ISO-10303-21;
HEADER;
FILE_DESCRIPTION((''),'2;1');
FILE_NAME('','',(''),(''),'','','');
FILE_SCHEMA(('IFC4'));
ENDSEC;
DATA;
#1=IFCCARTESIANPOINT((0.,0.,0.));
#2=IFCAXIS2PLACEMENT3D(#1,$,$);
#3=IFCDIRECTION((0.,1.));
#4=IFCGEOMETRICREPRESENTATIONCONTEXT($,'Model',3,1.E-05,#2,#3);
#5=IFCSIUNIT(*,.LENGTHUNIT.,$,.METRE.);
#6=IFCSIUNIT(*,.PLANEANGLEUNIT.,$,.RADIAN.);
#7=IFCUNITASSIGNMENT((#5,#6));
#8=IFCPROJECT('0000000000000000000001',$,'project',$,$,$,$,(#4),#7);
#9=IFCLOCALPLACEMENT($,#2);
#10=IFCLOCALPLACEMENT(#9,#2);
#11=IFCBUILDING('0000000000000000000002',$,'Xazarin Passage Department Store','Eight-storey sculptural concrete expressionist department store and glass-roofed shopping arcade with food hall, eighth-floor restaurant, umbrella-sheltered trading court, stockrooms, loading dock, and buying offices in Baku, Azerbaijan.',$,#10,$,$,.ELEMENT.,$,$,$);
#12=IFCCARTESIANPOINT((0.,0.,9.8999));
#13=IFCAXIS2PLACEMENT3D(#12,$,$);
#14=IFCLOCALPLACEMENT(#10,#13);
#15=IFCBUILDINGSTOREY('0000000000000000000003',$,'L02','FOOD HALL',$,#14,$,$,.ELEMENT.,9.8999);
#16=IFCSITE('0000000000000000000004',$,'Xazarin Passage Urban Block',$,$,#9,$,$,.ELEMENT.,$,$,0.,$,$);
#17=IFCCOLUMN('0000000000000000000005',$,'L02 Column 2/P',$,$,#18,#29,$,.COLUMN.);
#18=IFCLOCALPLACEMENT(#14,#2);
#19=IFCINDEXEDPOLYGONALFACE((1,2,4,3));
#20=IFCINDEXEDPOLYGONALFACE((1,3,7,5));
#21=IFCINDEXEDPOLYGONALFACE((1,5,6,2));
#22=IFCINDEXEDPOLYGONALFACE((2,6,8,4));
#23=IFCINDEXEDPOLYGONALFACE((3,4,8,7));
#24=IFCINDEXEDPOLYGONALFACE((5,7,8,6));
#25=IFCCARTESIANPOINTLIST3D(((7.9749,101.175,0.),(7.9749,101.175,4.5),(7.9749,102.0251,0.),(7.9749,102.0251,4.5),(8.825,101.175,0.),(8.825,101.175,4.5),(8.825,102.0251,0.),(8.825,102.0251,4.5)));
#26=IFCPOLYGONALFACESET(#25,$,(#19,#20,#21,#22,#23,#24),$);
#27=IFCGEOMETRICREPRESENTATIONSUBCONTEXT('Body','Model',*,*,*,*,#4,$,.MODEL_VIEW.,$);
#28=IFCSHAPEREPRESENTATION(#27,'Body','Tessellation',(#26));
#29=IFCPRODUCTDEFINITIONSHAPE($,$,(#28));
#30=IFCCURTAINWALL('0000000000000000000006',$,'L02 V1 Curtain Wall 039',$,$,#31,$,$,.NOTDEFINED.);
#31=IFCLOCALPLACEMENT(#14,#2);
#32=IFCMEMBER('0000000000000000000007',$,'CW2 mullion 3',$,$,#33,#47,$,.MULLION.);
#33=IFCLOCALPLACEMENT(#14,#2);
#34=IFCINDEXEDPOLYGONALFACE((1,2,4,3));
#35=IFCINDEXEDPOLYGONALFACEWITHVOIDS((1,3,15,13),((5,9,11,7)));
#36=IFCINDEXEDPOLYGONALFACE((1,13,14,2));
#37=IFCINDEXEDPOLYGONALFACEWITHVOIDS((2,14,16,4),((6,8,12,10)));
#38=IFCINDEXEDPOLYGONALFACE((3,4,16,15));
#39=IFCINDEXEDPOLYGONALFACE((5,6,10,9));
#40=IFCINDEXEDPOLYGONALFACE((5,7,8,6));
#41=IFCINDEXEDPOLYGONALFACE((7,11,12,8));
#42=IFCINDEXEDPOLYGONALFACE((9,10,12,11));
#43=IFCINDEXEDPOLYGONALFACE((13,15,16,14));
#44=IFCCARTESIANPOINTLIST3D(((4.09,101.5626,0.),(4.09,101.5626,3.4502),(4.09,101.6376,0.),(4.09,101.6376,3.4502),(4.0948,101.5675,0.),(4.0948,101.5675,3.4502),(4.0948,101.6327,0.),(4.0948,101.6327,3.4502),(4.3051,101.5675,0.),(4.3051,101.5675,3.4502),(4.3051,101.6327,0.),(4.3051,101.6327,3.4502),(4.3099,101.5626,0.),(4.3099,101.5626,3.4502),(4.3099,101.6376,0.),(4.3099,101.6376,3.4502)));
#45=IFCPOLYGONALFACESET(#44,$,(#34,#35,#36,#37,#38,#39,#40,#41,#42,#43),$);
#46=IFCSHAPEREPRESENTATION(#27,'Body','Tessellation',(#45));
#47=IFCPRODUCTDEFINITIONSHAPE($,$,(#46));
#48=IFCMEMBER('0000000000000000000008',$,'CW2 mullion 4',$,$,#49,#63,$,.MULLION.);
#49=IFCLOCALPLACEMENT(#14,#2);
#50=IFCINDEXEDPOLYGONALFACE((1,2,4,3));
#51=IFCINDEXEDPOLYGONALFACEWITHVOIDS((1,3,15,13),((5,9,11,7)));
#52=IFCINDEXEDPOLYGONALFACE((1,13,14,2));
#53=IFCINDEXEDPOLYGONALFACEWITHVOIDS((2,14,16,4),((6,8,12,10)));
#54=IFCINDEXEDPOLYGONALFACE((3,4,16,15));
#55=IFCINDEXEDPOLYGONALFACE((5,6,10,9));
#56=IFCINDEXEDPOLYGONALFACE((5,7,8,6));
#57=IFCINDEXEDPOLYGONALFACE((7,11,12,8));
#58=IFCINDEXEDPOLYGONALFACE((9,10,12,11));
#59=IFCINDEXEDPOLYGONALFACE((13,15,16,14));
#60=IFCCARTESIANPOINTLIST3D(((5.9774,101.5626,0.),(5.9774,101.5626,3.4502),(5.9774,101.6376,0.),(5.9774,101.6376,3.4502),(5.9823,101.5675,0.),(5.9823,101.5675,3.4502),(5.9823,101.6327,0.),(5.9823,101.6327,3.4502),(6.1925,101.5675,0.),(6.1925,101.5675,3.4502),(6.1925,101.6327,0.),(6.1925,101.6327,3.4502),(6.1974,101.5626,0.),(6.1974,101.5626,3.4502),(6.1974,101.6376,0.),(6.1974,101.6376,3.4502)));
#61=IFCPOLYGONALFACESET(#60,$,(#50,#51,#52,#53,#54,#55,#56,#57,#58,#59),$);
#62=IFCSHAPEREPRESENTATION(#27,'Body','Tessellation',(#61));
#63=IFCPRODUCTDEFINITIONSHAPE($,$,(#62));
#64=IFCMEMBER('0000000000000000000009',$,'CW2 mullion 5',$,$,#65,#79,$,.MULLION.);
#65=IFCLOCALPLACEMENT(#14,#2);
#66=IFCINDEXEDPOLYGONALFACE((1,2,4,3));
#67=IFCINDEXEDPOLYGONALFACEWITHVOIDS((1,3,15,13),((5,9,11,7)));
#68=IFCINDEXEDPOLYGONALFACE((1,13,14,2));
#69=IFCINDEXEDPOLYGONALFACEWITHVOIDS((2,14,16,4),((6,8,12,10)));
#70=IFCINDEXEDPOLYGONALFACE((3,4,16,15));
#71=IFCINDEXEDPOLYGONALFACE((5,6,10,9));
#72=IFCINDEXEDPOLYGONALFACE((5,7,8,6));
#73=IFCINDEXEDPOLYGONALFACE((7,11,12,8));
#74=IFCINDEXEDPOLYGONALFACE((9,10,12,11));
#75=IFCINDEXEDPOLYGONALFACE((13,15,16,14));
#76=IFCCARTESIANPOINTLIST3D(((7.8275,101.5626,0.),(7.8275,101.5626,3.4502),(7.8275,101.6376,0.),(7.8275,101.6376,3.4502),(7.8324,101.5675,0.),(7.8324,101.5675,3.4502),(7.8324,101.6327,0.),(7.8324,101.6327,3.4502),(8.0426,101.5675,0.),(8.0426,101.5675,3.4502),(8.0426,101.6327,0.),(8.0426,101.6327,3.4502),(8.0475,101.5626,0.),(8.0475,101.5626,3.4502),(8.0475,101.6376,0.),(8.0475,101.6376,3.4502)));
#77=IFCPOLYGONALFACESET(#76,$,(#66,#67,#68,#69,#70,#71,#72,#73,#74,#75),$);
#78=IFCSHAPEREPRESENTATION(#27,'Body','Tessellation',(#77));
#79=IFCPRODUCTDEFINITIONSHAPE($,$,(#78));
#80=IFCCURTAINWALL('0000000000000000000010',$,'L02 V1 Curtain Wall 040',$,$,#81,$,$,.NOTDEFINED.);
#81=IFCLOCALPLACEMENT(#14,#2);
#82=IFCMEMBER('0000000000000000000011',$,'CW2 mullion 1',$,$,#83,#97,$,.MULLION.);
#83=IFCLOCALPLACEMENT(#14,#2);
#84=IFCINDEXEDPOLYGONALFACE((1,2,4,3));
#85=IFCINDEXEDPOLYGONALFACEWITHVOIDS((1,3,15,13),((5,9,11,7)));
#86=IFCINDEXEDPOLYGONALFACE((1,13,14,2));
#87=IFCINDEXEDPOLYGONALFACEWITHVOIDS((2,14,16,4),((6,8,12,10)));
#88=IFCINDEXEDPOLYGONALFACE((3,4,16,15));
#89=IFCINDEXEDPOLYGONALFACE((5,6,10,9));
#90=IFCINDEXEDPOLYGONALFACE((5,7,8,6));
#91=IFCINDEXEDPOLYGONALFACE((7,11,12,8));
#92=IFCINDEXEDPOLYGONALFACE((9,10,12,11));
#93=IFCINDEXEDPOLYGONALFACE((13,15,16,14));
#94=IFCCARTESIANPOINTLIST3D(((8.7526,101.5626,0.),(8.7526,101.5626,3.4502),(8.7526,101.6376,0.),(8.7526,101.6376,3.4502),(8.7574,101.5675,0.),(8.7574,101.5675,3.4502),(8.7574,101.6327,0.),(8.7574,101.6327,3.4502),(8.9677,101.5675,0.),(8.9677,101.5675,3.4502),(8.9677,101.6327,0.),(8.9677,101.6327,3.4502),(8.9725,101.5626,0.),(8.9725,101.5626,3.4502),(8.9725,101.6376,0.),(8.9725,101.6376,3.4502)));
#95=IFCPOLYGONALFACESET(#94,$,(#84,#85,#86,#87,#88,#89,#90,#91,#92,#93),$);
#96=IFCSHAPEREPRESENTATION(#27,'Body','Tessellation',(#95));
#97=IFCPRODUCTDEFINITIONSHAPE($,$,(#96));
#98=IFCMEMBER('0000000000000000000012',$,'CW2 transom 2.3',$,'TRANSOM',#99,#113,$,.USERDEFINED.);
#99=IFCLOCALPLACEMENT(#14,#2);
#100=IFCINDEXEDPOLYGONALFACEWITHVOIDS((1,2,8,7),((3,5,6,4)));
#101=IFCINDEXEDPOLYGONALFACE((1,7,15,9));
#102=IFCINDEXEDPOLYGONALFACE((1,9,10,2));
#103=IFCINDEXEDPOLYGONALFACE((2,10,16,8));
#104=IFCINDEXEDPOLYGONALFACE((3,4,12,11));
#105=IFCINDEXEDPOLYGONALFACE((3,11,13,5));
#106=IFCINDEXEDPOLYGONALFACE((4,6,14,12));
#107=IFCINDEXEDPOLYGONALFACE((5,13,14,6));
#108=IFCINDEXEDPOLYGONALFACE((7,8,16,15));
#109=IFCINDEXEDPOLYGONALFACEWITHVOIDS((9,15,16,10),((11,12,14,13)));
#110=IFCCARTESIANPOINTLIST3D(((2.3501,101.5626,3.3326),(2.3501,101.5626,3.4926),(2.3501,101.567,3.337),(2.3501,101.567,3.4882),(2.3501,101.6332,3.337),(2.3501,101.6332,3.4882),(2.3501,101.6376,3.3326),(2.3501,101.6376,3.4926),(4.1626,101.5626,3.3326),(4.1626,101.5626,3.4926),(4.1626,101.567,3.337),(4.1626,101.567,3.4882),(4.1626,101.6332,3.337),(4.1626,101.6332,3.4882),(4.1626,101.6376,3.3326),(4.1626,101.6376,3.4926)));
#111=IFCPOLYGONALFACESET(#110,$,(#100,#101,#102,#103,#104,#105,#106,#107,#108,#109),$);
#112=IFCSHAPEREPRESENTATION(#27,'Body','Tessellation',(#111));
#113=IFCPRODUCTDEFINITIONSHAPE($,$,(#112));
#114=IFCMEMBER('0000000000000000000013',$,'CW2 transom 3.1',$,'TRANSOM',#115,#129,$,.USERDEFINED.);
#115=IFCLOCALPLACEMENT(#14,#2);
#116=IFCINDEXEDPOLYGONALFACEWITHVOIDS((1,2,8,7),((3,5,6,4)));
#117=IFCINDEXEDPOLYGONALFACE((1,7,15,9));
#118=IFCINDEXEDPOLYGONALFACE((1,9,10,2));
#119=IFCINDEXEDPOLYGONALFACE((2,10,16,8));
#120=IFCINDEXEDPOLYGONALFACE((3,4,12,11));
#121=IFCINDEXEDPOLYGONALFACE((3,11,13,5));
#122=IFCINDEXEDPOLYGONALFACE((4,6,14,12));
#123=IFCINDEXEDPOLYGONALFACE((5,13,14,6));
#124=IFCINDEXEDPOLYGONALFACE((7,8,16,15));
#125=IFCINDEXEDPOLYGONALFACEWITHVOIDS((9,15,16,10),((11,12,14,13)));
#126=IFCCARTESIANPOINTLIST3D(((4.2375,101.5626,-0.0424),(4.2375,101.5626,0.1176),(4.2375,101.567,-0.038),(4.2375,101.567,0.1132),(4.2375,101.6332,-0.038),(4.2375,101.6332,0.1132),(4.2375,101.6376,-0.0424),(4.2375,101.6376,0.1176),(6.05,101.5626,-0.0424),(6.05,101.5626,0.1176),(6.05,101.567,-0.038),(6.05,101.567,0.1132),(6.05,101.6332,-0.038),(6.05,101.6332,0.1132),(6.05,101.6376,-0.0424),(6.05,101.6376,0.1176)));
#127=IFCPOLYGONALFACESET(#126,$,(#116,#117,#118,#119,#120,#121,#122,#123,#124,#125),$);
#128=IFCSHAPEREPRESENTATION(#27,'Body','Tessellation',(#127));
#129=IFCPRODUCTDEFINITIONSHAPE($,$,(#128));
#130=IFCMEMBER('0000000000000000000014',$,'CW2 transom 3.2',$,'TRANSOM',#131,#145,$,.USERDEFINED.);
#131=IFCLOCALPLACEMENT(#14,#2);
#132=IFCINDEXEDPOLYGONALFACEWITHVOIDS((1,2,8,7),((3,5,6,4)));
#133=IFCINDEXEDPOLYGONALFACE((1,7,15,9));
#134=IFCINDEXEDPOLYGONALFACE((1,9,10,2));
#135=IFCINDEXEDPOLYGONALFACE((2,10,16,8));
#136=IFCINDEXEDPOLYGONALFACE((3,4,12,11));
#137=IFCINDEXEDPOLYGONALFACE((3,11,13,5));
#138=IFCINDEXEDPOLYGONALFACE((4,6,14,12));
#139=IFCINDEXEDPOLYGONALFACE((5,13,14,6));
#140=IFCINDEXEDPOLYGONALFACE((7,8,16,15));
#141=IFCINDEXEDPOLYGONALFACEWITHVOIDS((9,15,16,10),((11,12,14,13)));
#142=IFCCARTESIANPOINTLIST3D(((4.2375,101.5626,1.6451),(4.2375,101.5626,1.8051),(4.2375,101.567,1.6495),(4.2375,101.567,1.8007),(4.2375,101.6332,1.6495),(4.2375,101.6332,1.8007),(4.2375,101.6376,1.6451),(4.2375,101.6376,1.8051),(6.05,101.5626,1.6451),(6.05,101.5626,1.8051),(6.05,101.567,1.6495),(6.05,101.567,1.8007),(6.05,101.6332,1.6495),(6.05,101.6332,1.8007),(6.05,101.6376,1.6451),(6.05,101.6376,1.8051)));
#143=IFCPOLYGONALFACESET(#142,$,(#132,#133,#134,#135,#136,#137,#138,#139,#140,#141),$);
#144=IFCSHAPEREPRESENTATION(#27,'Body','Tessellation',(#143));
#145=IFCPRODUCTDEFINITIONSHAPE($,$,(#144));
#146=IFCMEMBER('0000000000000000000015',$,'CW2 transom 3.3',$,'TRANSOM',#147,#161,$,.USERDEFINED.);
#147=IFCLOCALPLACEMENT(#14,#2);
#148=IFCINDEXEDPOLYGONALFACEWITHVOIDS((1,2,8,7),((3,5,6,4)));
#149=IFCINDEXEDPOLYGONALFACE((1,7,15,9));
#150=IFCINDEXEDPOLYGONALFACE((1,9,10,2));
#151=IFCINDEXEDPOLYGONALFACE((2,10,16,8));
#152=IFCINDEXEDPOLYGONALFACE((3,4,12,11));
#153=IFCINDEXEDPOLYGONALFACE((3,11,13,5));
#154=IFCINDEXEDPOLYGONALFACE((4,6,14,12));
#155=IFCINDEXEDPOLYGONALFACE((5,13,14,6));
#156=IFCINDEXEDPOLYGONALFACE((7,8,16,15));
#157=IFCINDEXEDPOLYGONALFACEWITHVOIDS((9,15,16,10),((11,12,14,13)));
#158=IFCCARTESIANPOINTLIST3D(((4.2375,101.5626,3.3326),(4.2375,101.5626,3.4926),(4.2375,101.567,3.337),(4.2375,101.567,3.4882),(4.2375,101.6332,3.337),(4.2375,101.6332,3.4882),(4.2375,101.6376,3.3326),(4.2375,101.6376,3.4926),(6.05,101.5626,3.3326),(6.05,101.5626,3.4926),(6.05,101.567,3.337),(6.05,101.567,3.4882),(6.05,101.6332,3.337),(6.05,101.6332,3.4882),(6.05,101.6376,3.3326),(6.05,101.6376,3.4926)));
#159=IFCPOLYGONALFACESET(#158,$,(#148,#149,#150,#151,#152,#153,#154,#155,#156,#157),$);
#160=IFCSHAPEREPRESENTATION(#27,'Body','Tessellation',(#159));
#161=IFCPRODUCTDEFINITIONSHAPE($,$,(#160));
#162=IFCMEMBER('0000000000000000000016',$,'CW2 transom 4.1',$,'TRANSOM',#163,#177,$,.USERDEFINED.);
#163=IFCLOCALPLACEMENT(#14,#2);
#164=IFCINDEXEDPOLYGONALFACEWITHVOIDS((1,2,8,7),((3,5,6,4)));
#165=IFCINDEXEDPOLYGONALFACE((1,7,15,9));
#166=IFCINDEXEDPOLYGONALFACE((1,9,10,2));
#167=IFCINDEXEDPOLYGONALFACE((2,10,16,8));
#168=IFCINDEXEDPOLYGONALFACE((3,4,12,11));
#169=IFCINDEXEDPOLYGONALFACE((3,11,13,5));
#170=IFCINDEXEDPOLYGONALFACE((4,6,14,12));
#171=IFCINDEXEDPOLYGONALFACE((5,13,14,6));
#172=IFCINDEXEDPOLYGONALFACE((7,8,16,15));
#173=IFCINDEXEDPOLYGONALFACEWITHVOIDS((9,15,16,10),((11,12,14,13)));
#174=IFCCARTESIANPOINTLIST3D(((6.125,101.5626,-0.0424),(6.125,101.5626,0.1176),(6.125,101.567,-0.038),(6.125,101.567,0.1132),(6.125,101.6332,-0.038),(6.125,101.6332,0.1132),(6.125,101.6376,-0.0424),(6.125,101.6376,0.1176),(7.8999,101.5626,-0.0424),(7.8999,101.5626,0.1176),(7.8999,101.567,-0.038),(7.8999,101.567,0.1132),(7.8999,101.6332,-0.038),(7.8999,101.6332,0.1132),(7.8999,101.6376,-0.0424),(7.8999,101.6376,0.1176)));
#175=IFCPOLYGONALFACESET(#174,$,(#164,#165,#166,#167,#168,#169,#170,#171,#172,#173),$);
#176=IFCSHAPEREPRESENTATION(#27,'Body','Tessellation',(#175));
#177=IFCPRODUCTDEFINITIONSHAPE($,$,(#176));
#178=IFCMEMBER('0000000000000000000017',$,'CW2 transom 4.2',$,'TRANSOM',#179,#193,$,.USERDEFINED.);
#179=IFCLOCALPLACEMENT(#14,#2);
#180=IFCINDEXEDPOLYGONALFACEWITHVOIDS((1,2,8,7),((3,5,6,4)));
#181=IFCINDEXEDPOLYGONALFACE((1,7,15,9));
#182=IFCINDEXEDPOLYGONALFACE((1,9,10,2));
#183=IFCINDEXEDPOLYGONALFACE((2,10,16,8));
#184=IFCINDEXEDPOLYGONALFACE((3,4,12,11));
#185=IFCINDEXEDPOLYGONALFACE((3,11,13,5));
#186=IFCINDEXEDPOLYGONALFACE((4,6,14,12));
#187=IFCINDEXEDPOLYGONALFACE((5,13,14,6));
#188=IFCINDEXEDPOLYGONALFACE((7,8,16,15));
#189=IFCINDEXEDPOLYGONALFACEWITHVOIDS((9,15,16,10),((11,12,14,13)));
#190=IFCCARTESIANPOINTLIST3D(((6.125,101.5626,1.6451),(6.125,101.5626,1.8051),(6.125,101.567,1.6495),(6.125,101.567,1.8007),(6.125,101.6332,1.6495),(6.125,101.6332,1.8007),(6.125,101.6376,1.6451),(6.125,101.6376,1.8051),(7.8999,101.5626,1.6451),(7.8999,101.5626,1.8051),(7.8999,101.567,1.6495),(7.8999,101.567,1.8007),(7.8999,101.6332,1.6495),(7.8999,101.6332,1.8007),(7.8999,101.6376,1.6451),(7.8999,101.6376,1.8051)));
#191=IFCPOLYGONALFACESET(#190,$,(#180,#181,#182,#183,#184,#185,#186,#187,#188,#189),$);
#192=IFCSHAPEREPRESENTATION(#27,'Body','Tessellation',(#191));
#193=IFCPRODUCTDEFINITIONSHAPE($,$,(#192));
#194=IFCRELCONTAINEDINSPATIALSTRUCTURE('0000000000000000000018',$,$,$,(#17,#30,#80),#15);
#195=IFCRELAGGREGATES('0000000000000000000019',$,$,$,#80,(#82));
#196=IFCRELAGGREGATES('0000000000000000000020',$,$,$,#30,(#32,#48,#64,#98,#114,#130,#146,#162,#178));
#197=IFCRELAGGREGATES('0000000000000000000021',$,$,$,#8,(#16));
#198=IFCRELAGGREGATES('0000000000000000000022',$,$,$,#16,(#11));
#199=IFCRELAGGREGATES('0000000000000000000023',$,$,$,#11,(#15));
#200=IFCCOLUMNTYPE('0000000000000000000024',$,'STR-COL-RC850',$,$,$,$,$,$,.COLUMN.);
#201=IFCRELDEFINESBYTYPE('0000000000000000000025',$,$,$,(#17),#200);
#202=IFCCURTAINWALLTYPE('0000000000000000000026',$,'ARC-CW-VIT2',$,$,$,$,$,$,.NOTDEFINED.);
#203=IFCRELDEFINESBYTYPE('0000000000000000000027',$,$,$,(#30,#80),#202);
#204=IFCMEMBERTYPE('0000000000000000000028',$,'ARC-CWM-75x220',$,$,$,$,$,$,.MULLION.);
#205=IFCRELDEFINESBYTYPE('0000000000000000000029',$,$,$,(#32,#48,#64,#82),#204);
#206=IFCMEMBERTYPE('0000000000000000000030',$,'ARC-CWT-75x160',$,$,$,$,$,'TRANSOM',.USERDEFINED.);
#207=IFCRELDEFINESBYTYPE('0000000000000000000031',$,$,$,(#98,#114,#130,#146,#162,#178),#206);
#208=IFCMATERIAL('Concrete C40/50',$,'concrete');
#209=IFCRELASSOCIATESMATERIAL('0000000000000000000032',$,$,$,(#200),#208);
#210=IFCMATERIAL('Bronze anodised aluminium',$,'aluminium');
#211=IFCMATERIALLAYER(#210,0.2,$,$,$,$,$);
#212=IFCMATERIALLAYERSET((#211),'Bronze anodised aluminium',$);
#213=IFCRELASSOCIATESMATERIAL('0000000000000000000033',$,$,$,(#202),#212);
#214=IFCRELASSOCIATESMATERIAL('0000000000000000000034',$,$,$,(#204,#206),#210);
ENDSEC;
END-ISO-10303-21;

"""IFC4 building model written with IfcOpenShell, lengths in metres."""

from ifc_helpers import new_model, si_unit, direction, frame, origin, origin_2d, place, context, subcontext, project, spatial, rectangle, hollow_rectangle, extrude, material, layer, layer_set, material_profile, profile_set, type_object, element, aggregate, save


model = new_model("IFC4")

# Units and contexts
model_context = context("Model", 3, precision=1e-05, world=origin(), true_north=direction((0.0, 1.0)))
body_context = subcontext(model_context, "Body", "Model", "MODEL_VIEW")
ifc_project = project(units=[si_unit("LENGTHUNIT", "METRE"), si_unit("PLANEANGLEUNIT", "RADIAN")], contexts=[model_context])

# Site, building, storey
site_placement = place(None, origin())
site = spatial("IfcSite", under=ifc_project, at=site_placement, Name="Xazarin Passage Urban Block", CompositionType="ELEMENT", RefElevation=0.0)
building_placement = place(site_placement, origin())
building = spatial("IfcBuilding", under=site, at=building_placement, Name="Xazarin Passage Department Store", Description="Eight-storey sculptural concrete expressionist department store and glass-roofed shopping arcade with food hall, eighth-floor restaurant, umbrella-sheltered trading court, stockrooms, loading dock, and buying offices in Baku, Azerbaijan.", CompositionType="ELEMENT")
storey_placement = place(building_placement, frame((0.0, 0.0, 9.8999)))
storey = spatial("IfcBuildingStorey", under=building, at=storey_placement, Name="L02", Description="FOOD HALL", CompositionType="ELEMENT", Elevation=9.8999)

# Column
ifc_material_1 = material(Name="Concrete C40/50", Category="concrete")
ifc_material_profile_1 = material_profile(ifc_material_1, rectangle(XDim=0.8501, YDim=0.8501, at=origin_2d()), Name="RC 850x850")
ifc_profile_set_1 = profile_set([ifc_material_profile_1], Name="Concrete C40/50")
column_type = type_object("IfcColumnType", Name="STR-COL-RC850", PredefinedType="COLUMN", material=ifc_profile_set_1)
column_placement = place(storey_placement, frame((8.3999, 101.6001, 0.0), z_axis=(0.0, 0.0, 1.0), x_axis=(1.0, 0.0, 0.0)))
element("IfcColumn", 1, at=column_placement, inside=storey, type_object=column_type, Name="L02 Column 2/P", PredefinedType="COLUMN", context=body_context, shape_type="SweptSolid", body=[
    extrude(rectangle(XDim=0.8501, YDim=0.8501, at=origin_2d()), origin(), (0.0, 0.0, 1.0), 4.5),
])

# Curtain wall, members
ifc_material_2 = material(Name="Bronze anodised aluminium", Category="aluminium")
ifc_layer_1 = layer(ifc_material_2, 0.2)
ifc_layer_set_1 = layer_set([ifc_layer_1], Name="Bronze anodised aluminium")
curtain_wall_type = type_object("IfcCurtainWallType", Name="ARC-CW-VIT2", PredefinedType="NOTDEFINED", material=ifc_layer_set_1)
curtain_wall_1_placement = place(storey_placement, origin())
curtain_wall_1 = element("IfcCurtainWall", 2, at=curtain_wall_1_placement, inside=storey, type_object=curtain_wall_type, Name="L02 V1 Curtain Wall 039", PredefinedType="NOTDEFINED")
ifc_material_profile_2 = material_profile(ifc_material_2, hollow_rectangle(XDim=0.075, YDim=0.22, WallThickness=0.0049, at=origin_2d()), Name="ALU 75x220")
ifc_profile_set_2 = profile_set([ifc_material_profile_2], Name="Bronze anodised aluminium")
member_type_1 = type_object("IfcMemberType", Name="ARC-CWM-75x220", PredefinedType="MULLION", material=ifc_profile_set_2)
member_1_placement = place(storey_placement, frame((4.2, 101.6001, 0.0), z_axis=(0.0, 0.0, 1.0), x_axis=(0.0, 1.0, 0.0)))
member_1 = element("IfcMember", 3, at=member_1_placement, type_object=member_type_1, Name="CW2 mullion 3", PredefinedType="MULLION", context=body_context, shape_type="SweptSolid", body=[
    extrude(hollow_rectangle(XDim=0.075, YDim=0.22, WallThickness=0.0049, at=origin_2d()), origin(), (0.0, 0.0, 1.0), 3.4502),
])
member_2_placement = place(storey_placement, frame((6.0874, 101.6001, 0.0), z_axis=(0.0, 0.0, 1.0), x_axis=(0.0, 1.0, 0.0)))
member_2 = element("IfcMember", 4, at=member_2_placement, type_object=member_type_1, Name="CW2 mullion 4", PredefinedType="MULLION", context=body_context, shape_type="SweptSolid", body=[
    extrude(hollow_rectangle(XDim=0.075, YDim=0.22, WallThickness=0.0049, at=origin_2d()), origin(), (0.0, 0.0, 1.0), 3.4502),
])
member_3_placement = place(storey_placement, frame((7.9375, 101.6001, 0.0), z_axis=(0.0, 0.0, 1.0), x_axis=(0.0, 1.0, 0.0)))
member_3 = element("IfcMember", 5, at=member_3_placement, type_object=member_type_1, Name="CW2 mullion 5", PredefinedType="MULLION", context=body_context, shape_type="SweptSolid", body=[
    extrude(hollow_rectangle(XDim=0.075, YDim=0.22, WallThickness=0.0049, at=origin_2d()), origin(), (0.0, 0.0, 1.0), 3.4502),
])

# Curtain wall, member
curtain_wall_2_placement = place(storey_placement, origin())
curtain_wall_2 = element("IfcCurtainWall", 6, at=curtain_wall_2_placement, inside=storey, type_object=curtain_wall_type, Name="L02 V1 Curtain Wall 040", PredefinedType="NOTDEFINED")
member_4_placement = place(storey_placement, frame((8.8625, 101.6001, 0.0), z_axis=(0.0, 0.0, 1.0), x_axis=(0.0, 1.0, 0.0)))
member_4 = element("IfcMember", 7, at=member_4_placement, type_object=member_type_1, Name="CW2 mullion 1", PredefinedType="MULLION", context=body_context, shape_type="SweptSolid", body=[
    extrude(hollow_rectangle(XDim=0.075, YDim=0.22, WallThickness=0.0049, at=origin_2d()), origin(), (0.0, 0.0, 1.0), 3.4502),
])

# Members
ifc_material_profile_3 = material_profile(ifc_material_2, hollow_rectangle(XDim=0.075, YDim=0.1599, WallThickness=0.0044, at=origin_2d()), Name="ALU 75x160")
ifc_profile_set_3 = profile_set([ifc_material_profile_3], Name="Bronze anodised aluminium")
member_type_2 = type_object("IfcMemberType", Name="ARC-CWT-75x160", ElementType="TRANSOM", PredefinedType="USERDEFINED", material=ifc_profile_set_3)
member_5_placement = place(storey_placement, frame((2.3501, 101.6001, 3.4126), z_axis=(1.0, 0.0, 0.0), x_axis=(0.0, 1.0, 0.0)))
member_5 = element("IfcMember", 8, at=member_5_placement, type_object=member_type_2, Name="CW2 transom 2.3", ObjectType="TRANSOM", PredefinedType="USERDEFINED", context=body_context, shape_type="SweptSolid", body=[
    extrude(hollow_rectangle(XDim=0.075, YDim=0.1599, WallThickness=0.0044, at=origin_2d()), origin(), (0.0, 0.0, 1.0), 1.8125),
])
member_6_placement = place(storey_placement, frame((4.2375, 101.6001, 0.0376), z_axis=(1.0, 0.0, 0.0), x_axis=(0.0, 1.0, 0.0)))
member_6 = element("IfcMember", 9, at=member_6_placement, type_object=member_type_2, Name="CW2 transom 3.1", ObjectType="TRANSOM", PredefinedType="USERDEFINED", context=body_context, shape_type="SweptSolid", body=[
    extrude(hollow_rectangle(XDim=0.075, YDim=0.1599, WallThickness=0.0044, at=origin_2d()), origin(), (0.0, 0.0, 1.0), 1.8125),
])
member_7_placement = place(storey_placement, frame((4.2375, 101.6001, 1.7251), z_axis=(1.0, 0.0, 0.0), x_axis=(0.0, 1.0, 0.0)))
member_7 = element("IfcMember", 10, at=member_7_placement, type_object=member_type_2, Name="CW2 transom 3.2", ObjectType="TRANSOM", PredefinedType="USERDEFINED", context=body_context, shape_type="SweptSolid", body=[
    extrude(hollow_rectangle(XDim=0.075, YDim=0.1599, WallThickness=0.0044, at=origin_2d()), origin(), (0.0, 0.0, 1.0), 1.8125),
])
member_8_placement = place(storey_placement, frame((4.2375, 101.6001, 3.4126), z_axis=(1.0, 0.0, 0.0), x_axis=(0.0, 1.0, 0.0)))
member_8 = element("IfcMember", 11, at=member_8_placement, type_object=member_type_2, Name="CW2 transom 3.3", ObjectType="TRANSOM", PredefinedType="USERDEFINED", context=body_context, shape_type="SweptSolid", body=[
    extrude(hollow_rectangle(XDim=0.075, YDim=0.1599, WallThickness=0.0044, at=origin_2d()), origin(), (0.0, 0.0, 1.0), 1.8125),
])
member_9_placement = place(storey_placement, frame((6.125, 101.6001, 0.0376), z_axis=(1.0, 0.0, 0.0), x_axis=(0.0, 1.0, 0.0)))
member_9 = element("IfcMember", 12, at=member_9_placement, type_object=member_type_2, Name="CW2 transom 4.1", ObjectType="TRANSOM", PredefinedType="USERDEFINED", context=body_context, shape_type="SweptSolid", body=[
    extrude(hollow_rectangle(XDim=0.075, YDim=0.1599, WallThickness=0.0044, at=origin_2d()), origin(), (0.0, 0.0, 1.0), 1.7749),
])
member_10_placement = place(storey_placement, frame((6.125, 101.6001, 1.7251), z_axis=(1.0, 0.0, 0.0), x_axis=(0.0, 1.0, 0.0)))
member_10 = element("IfcMember", 13, at=member_10_placement, type_object=member_type_2, Name="CW2 transom 4.2", ObjectType="TRANSOM", PredefinedType="USERDEFINED", context=body_context, shape_type="SweptSolid", body=[
    extrude(hollow_rectangle(XDim=0.075, YDim=0.1599, WallThickness=0.0044, at=origin_2d()), origin(), (0.0, 0.0, 1.0), 1.7749),
])
aggregate(curtain_wall_2, [member_4])

aggregate(curtain_wall_1, [member_1, member_2, member_3, member_5, member_6, member_7, member_8, member_9, member_10])

save(model, "model.ifc")
